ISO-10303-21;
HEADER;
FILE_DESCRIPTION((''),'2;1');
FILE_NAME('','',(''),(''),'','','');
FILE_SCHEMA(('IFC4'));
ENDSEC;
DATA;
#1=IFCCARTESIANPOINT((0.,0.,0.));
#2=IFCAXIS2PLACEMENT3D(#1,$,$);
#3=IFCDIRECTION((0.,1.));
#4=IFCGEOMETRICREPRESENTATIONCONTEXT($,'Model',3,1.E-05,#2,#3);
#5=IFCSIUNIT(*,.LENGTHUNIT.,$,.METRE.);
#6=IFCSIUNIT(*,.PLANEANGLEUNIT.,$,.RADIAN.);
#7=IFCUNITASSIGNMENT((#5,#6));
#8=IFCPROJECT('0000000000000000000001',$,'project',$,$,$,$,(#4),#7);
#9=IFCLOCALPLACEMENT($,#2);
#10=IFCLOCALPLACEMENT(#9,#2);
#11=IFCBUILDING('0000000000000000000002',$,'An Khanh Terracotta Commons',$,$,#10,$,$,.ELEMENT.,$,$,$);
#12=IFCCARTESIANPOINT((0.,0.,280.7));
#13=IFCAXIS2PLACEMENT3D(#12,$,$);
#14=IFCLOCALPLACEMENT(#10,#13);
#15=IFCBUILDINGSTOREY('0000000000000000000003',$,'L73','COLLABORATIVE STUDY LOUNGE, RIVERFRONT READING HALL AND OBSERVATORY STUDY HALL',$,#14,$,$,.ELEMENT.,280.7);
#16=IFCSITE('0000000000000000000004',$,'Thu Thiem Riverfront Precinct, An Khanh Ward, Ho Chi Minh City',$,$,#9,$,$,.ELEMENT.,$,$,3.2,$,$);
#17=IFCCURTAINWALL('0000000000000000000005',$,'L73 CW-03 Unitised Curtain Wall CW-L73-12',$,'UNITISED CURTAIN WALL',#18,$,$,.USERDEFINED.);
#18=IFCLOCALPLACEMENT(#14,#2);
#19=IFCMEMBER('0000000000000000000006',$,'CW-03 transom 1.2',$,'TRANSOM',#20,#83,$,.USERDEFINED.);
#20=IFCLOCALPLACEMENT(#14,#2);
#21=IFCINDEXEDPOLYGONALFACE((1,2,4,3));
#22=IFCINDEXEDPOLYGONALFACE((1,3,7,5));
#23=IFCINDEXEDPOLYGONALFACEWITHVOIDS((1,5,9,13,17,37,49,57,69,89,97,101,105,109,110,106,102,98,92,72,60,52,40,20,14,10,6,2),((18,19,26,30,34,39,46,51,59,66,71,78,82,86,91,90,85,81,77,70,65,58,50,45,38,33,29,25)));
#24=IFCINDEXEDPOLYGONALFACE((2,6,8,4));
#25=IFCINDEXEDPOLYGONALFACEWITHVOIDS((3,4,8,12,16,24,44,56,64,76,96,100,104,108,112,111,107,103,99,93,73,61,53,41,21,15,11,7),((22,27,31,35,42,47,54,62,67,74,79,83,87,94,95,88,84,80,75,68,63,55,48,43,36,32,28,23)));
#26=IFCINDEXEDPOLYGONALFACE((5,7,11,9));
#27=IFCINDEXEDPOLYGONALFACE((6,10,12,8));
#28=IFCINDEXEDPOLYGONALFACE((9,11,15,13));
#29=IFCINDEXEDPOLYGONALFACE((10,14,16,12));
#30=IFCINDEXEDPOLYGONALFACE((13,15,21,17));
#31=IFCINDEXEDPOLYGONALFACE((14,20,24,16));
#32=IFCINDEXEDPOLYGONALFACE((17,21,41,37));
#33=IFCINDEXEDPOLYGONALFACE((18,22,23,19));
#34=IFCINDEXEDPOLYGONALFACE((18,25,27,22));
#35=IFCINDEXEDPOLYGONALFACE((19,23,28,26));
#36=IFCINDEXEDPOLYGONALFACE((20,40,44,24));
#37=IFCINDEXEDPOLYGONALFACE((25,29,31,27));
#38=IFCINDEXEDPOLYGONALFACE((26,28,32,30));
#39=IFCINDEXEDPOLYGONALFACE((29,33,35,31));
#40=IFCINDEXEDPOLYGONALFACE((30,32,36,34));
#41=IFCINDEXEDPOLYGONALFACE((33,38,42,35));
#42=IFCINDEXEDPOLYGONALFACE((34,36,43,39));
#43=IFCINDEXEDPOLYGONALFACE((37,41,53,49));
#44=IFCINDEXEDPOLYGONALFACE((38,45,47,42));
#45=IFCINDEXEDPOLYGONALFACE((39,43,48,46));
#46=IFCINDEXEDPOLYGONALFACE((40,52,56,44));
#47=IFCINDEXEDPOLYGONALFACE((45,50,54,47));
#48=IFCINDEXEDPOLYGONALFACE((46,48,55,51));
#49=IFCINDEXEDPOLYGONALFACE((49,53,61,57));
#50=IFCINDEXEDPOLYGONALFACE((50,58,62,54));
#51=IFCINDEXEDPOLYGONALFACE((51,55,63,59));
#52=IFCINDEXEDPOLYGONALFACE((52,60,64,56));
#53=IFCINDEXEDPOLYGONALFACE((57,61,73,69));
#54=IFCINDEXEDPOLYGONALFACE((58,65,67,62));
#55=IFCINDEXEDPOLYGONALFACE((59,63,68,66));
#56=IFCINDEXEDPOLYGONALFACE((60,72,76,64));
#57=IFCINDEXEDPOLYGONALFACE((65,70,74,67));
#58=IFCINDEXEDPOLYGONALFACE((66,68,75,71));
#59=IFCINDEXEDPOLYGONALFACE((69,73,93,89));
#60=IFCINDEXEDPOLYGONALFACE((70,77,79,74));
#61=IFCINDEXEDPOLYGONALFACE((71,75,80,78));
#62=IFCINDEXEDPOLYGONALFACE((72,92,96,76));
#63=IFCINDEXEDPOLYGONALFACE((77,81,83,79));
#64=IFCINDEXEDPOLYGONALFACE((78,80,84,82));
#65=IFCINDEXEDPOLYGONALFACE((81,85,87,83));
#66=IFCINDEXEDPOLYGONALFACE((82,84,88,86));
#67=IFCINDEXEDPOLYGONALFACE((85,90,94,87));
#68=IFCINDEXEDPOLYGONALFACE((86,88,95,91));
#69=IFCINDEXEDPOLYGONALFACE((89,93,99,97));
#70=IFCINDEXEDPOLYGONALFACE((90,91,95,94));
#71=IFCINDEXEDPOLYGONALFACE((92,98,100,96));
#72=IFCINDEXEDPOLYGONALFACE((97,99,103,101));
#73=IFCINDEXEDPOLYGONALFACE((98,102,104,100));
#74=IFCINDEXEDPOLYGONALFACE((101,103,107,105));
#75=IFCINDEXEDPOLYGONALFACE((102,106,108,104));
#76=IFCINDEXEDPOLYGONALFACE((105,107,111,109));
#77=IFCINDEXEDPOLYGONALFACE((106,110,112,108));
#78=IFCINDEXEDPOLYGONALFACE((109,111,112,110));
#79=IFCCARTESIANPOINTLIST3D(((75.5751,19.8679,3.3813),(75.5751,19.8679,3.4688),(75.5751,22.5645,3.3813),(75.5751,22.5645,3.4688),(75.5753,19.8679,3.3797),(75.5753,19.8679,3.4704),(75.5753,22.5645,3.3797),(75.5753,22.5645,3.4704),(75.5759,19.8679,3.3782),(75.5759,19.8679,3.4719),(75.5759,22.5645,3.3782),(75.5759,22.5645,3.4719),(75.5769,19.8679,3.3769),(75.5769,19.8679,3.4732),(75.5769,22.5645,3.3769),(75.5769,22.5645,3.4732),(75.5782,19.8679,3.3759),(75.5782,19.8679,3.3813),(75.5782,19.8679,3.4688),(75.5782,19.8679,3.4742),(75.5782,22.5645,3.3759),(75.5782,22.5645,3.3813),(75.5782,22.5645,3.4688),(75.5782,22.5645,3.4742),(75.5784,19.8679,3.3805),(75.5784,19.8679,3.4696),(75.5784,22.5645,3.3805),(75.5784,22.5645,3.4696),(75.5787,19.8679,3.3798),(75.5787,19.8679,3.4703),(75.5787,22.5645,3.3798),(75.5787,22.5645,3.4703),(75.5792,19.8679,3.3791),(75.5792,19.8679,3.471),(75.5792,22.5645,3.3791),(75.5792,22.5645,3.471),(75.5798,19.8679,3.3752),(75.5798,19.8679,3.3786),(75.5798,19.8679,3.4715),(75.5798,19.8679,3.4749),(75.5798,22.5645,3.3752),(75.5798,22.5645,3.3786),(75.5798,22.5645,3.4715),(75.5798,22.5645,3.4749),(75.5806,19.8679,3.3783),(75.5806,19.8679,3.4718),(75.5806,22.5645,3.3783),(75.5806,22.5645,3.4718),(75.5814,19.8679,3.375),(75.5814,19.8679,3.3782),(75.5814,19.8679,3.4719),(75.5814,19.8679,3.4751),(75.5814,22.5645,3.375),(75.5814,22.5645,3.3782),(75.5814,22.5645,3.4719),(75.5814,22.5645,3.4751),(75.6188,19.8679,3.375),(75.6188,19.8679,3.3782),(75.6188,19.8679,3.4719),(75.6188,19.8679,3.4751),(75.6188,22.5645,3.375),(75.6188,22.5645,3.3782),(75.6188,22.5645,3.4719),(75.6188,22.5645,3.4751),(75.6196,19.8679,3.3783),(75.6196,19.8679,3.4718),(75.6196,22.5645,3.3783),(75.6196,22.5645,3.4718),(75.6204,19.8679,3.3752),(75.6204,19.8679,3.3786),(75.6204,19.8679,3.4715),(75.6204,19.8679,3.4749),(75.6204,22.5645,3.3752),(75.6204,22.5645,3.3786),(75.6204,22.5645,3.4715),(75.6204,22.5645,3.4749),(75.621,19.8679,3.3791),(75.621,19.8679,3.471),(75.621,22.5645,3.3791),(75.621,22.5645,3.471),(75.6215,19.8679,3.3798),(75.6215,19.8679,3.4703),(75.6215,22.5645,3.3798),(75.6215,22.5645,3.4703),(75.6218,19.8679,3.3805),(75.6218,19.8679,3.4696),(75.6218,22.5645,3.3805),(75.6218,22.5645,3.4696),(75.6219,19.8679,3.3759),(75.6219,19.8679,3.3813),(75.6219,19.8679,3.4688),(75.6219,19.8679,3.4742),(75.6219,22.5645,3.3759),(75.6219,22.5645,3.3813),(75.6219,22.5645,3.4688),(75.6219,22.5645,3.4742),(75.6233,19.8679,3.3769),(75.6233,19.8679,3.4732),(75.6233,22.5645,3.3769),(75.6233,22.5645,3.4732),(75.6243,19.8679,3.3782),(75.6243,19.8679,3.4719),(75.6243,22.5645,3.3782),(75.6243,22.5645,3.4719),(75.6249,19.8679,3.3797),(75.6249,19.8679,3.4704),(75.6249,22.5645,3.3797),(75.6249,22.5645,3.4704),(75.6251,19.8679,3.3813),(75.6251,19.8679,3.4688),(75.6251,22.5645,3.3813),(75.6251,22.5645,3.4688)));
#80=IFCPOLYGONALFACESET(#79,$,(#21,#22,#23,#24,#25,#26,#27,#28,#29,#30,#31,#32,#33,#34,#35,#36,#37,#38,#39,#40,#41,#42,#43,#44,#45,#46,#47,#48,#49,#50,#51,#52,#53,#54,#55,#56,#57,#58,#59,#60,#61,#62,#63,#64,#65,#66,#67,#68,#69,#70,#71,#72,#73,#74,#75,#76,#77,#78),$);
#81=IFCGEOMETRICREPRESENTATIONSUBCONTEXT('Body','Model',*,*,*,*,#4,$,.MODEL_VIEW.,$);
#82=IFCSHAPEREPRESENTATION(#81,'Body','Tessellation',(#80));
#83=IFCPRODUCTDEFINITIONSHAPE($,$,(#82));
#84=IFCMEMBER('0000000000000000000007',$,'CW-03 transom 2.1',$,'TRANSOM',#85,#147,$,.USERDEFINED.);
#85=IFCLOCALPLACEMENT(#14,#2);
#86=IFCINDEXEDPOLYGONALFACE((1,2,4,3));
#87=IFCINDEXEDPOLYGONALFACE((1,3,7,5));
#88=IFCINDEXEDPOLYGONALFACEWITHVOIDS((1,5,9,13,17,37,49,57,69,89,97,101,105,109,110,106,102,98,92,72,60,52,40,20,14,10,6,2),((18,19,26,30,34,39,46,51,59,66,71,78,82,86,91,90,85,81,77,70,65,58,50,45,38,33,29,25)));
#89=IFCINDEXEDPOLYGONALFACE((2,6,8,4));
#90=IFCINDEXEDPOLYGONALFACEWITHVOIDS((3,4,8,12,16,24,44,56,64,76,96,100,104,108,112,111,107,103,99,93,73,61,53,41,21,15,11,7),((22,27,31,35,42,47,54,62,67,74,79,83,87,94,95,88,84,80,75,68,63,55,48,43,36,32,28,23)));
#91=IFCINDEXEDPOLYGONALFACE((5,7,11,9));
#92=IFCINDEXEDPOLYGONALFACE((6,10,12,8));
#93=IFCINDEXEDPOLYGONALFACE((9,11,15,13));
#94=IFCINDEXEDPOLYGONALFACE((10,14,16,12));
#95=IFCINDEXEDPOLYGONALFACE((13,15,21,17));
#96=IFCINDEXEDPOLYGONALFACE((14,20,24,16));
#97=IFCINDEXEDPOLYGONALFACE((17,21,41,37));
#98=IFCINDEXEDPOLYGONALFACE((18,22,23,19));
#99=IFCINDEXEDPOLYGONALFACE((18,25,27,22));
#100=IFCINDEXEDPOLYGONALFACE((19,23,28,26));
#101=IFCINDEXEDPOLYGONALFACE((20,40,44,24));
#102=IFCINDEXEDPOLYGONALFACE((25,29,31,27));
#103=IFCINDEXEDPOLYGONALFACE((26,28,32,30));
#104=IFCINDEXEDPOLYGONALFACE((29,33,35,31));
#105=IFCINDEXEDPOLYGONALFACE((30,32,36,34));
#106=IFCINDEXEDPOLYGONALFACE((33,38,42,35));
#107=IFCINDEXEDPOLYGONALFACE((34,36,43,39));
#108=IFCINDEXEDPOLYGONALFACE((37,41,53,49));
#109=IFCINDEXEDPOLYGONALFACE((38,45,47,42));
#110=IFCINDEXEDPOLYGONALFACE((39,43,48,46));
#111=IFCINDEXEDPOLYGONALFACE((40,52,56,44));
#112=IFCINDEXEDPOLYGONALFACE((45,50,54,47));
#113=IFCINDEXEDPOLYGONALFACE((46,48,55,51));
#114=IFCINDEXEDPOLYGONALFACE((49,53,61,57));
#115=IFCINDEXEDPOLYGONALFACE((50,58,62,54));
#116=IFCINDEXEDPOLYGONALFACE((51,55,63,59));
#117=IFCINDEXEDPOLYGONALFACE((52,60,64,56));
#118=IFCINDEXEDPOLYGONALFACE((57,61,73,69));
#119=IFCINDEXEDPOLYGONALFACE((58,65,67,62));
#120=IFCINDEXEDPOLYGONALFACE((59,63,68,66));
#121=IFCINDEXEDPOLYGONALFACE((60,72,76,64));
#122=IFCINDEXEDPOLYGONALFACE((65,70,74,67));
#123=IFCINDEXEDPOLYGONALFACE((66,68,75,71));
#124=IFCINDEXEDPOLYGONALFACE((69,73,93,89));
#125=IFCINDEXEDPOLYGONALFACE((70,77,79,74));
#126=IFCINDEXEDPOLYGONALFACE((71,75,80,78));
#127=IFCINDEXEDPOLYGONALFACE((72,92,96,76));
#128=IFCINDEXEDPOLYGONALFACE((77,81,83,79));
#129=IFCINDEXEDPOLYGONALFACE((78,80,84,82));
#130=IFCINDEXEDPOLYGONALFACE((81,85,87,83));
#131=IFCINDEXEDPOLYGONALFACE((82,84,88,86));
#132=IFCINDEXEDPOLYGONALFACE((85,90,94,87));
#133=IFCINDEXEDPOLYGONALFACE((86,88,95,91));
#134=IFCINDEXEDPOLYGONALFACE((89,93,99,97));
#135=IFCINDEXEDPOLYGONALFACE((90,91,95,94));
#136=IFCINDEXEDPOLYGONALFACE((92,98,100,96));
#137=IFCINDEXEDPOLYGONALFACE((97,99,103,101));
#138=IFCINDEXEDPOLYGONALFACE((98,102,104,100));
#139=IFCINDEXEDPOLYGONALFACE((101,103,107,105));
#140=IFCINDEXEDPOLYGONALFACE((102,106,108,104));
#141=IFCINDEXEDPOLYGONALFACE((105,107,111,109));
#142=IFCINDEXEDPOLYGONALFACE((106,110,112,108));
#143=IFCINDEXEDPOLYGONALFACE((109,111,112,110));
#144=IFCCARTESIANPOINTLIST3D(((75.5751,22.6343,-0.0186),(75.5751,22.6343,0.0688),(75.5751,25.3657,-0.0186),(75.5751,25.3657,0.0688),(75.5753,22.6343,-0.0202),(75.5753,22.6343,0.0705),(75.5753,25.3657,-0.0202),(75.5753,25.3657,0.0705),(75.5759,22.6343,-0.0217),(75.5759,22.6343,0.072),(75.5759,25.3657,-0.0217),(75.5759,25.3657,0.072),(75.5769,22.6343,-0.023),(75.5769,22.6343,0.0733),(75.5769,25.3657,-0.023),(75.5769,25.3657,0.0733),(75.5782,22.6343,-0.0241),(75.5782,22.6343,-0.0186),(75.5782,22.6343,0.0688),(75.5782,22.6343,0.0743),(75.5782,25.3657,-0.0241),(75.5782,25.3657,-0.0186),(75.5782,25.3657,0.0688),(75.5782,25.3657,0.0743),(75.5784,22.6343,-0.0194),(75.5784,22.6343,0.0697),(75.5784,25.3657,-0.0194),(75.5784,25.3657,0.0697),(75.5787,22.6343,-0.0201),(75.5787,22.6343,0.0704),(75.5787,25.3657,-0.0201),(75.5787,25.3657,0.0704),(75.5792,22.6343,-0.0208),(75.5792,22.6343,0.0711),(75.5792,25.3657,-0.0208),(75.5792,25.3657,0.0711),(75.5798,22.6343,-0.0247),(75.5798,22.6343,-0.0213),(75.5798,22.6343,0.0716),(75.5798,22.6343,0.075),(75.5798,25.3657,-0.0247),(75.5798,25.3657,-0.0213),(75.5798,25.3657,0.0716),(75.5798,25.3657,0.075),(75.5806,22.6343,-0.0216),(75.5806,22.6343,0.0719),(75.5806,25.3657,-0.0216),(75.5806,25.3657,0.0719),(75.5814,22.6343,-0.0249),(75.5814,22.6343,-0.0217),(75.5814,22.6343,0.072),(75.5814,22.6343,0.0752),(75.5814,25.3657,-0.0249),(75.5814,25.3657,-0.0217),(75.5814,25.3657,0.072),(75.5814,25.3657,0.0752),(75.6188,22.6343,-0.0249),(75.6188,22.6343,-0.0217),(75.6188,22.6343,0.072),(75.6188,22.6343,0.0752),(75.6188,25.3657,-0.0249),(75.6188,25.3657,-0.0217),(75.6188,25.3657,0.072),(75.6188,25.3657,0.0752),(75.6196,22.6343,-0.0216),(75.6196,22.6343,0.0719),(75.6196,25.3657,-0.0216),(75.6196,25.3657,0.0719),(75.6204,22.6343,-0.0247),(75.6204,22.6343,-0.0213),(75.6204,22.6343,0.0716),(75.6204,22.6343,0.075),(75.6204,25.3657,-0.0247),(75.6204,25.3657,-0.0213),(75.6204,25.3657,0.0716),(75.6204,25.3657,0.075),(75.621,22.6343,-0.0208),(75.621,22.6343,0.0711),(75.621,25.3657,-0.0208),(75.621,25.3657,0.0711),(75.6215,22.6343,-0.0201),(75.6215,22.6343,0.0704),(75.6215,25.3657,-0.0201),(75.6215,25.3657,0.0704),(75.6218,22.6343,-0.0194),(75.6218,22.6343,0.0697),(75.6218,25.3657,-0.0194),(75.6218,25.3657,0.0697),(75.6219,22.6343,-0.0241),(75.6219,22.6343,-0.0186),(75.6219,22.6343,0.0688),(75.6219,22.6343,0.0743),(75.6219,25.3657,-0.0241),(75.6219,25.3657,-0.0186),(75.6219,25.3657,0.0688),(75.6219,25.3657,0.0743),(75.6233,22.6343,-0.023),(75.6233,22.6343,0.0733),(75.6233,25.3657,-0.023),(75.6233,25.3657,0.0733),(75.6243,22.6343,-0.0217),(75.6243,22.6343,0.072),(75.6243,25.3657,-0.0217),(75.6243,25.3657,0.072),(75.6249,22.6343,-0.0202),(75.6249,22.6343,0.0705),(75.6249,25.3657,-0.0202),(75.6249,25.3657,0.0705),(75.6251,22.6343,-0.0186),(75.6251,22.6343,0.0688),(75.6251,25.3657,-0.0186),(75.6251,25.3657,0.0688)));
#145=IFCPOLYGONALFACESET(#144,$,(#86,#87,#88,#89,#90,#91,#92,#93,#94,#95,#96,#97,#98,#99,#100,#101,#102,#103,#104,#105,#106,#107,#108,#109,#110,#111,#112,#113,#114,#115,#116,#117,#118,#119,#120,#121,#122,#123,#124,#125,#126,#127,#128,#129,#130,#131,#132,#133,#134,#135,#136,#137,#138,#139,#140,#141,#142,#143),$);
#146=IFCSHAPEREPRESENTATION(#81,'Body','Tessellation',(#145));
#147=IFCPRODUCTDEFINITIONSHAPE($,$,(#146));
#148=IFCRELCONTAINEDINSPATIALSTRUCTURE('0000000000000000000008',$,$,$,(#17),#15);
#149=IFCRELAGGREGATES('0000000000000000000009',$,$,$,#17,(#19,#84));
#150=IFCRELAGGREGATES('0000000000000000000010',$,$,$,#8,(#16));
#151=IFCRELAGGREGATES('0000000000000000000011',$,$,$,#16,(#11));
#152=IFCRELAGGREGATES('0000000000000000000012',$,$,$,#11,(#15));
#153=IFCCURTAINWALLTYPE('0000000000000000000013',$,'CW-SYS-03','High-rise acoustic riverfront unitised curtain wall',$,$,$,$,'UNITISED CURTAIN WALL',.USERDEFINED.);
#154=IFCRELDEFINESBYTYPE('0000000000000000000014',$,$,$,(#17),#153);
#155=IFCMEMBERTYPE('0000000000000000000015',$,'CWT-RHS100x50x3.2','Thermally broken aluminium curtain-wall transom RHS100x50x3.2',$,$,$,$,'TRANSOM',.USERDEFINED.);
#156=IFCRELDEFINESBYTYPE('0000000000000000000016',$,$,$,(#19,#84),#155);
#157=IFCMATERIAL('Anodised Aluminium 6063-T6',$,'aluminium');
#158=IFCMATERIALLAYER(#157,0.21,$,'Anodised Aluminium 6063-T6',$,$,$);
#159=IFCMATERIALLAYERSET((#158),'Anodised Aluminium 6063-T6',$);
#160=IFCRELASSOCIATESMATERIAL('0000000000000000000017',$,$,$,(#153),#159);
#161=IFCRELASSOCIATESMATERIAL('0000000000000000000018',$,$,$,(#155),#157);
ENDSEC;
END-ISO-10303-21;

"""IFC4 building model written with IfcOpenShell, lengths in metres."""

from ifc_helpers import new_model, si_unit, direction, frame, origin, origin_2d, place, context, subcontext, project, spatial, hollow_rectangle, extrude, material, layer, layer_set, material_profile, profile_set, type_object, element, aggregate, save


model = new_model("IFC4")

# Units and contexts
model_context = context("Model", 3, precision=1e-05, world=origin(), true_north=direction((0.0, 1.0)))
body_context = subcontext(model_context, "Body", "Model", "MODEL_VIEW")
ifc_project = project(units=[si_unit("LENGTHUNIT", "METRE"), si_unit("PLANEANGLEUNIT", "RADIAN")], contexts=[model_context])

# Site, building, storey
site_placement = place(None, origin())
site = spatial("IfcSite", under=ifc_project, at=site_placement, Name="Thu Thiem Riverfront Precinct, An Khanh Ward, Ho Chi Minh City", CompositionType="ELEMENT", RefElevation=3.2)
building_placement = place(site_placement, origin())
building = spatial("IfcBuilding", under=site, at=building_placement, Name="An Khanh Terracotta Commons", CompositionType="ELEMENT")
storey_placement = place(building_placement, frame((0.0, 0.0, 280.7)))
storey = spatial("IfcBuildingStorey", under=building, at=storey_placement, Name="L73", Description="COLLABORATIVE STUDY LOUNGE, RIVERFRONT READING HALL AND OBSERVATORY STUDY HALL", CompositionType="ELEMENT", Elevation=280.7)

# Curtain wall
ifc_material_1 = material(Name="Anodised Aluminium 6063-T6", Category="aluminium")
ifc_layer_1 = layer(ifc_material_1, 0.21, Name="Anodised Aluminium 6063-T6")
ifc_layer_set_1 = layer_set([ifc_layer_1], Name="Anodised Aluminium 6063-T6")
curtain_wall_type = type_object("IfcCurtainWallType", Name="CW-SYS-03", Description="High-rise acoustic riverfront unitised curtain wall", ElementType="UNITISED CURTAIN WALL", PredefinedType="USERDEFINED", material=ifc_layer_set_1)
curtain_wall_1_placement = place(storey_placement, origin())
curtain_wall_1 = element("IfcCurtainWall", 1, at=curtain_wall_1_placement, inside=storey, type_object=curtain_wall_type, Name="L73 CW-03 Unitised Curtain Wall CW-L73-12", ObjectType="UNITISED CURTAIN WALL", PredefinedType="USERDEFINED")

# Members
ifc_material_profile_1 = material_profile(ifc_material_1, hollow_rectangle(XDim=0.05, YDim=0.1001, WallThickness=0.0032, InnerFilletRadius=0.0032, OuterFilletRadius=0.0063, at=origin_2d()), Name="RHS100x50x3.2")
ifc_profile_set_1 = profile_set([ifc_material_profile_1], Name="Anodised Aluminium 6063-T6")
member_type_1 = type_object("IfcMemberType", Name="CWT-RHS100x50x3.2", Description="Thermally broken aluminium curtain-wall transom RHS100x50x3.2", ElementType="TRANSOM", PredefinedType="USERDEFINED", material=ifc_profile_set_1)
member_1_placement = place(storey_placement, frame((75.6001, 19.8679, 3.425), z_axis=(0.0, 1.0, 0.0), x_axis=(-1.0, 0.0, 0.0)))
member_1 = element("IfcMember", 2, at=member_1_placement, type_object=member_type_1, Name="CW-03 transom 1.2", ObjectType="TRANSOM", PredefinedType="USERDEFINED", context=body_context, shape_type="SweptSolid", body=[
    extrude(hollow_rectangle(XDim=0.05, YDim=0.1001, WallThickness=0.0032, InnerFilletRadius=0.0032, OuterFilletRadius=0.0063, at=origin_2d()), origin(), (0.0, 0.0, 1.0), 2.6965),
])
member_2_placement = place(storey_placement, frame((75.6001, 22.6343, 0.0251), z_axis=(0.0, 1.0, 0.0), x_axis=(-1.0, 0.0, 0.0)))
member_2 = element("IfcMember", 3, at=member_2_placement, type_object=member_type_1, Name="CW-03 transom 2.1", ObjectType="TRANSOM", PredefinedType="USERDEFINED", context=body_context, shape_type="SweptSolid", body=[
    extrude(hollow_rectangle(XDim=0.05, YDim=0.1001, WallThickness=0.0032, InnerFilletRadius=0.0032, OuterFilletRadius=0.0063, at=origin_2d()), origin(), (0.0, 0.0, 1.0), 2.7314),
])

aggregate(curtain_wall_1, [member_1, member_2])

save(model, "model.ifc")
